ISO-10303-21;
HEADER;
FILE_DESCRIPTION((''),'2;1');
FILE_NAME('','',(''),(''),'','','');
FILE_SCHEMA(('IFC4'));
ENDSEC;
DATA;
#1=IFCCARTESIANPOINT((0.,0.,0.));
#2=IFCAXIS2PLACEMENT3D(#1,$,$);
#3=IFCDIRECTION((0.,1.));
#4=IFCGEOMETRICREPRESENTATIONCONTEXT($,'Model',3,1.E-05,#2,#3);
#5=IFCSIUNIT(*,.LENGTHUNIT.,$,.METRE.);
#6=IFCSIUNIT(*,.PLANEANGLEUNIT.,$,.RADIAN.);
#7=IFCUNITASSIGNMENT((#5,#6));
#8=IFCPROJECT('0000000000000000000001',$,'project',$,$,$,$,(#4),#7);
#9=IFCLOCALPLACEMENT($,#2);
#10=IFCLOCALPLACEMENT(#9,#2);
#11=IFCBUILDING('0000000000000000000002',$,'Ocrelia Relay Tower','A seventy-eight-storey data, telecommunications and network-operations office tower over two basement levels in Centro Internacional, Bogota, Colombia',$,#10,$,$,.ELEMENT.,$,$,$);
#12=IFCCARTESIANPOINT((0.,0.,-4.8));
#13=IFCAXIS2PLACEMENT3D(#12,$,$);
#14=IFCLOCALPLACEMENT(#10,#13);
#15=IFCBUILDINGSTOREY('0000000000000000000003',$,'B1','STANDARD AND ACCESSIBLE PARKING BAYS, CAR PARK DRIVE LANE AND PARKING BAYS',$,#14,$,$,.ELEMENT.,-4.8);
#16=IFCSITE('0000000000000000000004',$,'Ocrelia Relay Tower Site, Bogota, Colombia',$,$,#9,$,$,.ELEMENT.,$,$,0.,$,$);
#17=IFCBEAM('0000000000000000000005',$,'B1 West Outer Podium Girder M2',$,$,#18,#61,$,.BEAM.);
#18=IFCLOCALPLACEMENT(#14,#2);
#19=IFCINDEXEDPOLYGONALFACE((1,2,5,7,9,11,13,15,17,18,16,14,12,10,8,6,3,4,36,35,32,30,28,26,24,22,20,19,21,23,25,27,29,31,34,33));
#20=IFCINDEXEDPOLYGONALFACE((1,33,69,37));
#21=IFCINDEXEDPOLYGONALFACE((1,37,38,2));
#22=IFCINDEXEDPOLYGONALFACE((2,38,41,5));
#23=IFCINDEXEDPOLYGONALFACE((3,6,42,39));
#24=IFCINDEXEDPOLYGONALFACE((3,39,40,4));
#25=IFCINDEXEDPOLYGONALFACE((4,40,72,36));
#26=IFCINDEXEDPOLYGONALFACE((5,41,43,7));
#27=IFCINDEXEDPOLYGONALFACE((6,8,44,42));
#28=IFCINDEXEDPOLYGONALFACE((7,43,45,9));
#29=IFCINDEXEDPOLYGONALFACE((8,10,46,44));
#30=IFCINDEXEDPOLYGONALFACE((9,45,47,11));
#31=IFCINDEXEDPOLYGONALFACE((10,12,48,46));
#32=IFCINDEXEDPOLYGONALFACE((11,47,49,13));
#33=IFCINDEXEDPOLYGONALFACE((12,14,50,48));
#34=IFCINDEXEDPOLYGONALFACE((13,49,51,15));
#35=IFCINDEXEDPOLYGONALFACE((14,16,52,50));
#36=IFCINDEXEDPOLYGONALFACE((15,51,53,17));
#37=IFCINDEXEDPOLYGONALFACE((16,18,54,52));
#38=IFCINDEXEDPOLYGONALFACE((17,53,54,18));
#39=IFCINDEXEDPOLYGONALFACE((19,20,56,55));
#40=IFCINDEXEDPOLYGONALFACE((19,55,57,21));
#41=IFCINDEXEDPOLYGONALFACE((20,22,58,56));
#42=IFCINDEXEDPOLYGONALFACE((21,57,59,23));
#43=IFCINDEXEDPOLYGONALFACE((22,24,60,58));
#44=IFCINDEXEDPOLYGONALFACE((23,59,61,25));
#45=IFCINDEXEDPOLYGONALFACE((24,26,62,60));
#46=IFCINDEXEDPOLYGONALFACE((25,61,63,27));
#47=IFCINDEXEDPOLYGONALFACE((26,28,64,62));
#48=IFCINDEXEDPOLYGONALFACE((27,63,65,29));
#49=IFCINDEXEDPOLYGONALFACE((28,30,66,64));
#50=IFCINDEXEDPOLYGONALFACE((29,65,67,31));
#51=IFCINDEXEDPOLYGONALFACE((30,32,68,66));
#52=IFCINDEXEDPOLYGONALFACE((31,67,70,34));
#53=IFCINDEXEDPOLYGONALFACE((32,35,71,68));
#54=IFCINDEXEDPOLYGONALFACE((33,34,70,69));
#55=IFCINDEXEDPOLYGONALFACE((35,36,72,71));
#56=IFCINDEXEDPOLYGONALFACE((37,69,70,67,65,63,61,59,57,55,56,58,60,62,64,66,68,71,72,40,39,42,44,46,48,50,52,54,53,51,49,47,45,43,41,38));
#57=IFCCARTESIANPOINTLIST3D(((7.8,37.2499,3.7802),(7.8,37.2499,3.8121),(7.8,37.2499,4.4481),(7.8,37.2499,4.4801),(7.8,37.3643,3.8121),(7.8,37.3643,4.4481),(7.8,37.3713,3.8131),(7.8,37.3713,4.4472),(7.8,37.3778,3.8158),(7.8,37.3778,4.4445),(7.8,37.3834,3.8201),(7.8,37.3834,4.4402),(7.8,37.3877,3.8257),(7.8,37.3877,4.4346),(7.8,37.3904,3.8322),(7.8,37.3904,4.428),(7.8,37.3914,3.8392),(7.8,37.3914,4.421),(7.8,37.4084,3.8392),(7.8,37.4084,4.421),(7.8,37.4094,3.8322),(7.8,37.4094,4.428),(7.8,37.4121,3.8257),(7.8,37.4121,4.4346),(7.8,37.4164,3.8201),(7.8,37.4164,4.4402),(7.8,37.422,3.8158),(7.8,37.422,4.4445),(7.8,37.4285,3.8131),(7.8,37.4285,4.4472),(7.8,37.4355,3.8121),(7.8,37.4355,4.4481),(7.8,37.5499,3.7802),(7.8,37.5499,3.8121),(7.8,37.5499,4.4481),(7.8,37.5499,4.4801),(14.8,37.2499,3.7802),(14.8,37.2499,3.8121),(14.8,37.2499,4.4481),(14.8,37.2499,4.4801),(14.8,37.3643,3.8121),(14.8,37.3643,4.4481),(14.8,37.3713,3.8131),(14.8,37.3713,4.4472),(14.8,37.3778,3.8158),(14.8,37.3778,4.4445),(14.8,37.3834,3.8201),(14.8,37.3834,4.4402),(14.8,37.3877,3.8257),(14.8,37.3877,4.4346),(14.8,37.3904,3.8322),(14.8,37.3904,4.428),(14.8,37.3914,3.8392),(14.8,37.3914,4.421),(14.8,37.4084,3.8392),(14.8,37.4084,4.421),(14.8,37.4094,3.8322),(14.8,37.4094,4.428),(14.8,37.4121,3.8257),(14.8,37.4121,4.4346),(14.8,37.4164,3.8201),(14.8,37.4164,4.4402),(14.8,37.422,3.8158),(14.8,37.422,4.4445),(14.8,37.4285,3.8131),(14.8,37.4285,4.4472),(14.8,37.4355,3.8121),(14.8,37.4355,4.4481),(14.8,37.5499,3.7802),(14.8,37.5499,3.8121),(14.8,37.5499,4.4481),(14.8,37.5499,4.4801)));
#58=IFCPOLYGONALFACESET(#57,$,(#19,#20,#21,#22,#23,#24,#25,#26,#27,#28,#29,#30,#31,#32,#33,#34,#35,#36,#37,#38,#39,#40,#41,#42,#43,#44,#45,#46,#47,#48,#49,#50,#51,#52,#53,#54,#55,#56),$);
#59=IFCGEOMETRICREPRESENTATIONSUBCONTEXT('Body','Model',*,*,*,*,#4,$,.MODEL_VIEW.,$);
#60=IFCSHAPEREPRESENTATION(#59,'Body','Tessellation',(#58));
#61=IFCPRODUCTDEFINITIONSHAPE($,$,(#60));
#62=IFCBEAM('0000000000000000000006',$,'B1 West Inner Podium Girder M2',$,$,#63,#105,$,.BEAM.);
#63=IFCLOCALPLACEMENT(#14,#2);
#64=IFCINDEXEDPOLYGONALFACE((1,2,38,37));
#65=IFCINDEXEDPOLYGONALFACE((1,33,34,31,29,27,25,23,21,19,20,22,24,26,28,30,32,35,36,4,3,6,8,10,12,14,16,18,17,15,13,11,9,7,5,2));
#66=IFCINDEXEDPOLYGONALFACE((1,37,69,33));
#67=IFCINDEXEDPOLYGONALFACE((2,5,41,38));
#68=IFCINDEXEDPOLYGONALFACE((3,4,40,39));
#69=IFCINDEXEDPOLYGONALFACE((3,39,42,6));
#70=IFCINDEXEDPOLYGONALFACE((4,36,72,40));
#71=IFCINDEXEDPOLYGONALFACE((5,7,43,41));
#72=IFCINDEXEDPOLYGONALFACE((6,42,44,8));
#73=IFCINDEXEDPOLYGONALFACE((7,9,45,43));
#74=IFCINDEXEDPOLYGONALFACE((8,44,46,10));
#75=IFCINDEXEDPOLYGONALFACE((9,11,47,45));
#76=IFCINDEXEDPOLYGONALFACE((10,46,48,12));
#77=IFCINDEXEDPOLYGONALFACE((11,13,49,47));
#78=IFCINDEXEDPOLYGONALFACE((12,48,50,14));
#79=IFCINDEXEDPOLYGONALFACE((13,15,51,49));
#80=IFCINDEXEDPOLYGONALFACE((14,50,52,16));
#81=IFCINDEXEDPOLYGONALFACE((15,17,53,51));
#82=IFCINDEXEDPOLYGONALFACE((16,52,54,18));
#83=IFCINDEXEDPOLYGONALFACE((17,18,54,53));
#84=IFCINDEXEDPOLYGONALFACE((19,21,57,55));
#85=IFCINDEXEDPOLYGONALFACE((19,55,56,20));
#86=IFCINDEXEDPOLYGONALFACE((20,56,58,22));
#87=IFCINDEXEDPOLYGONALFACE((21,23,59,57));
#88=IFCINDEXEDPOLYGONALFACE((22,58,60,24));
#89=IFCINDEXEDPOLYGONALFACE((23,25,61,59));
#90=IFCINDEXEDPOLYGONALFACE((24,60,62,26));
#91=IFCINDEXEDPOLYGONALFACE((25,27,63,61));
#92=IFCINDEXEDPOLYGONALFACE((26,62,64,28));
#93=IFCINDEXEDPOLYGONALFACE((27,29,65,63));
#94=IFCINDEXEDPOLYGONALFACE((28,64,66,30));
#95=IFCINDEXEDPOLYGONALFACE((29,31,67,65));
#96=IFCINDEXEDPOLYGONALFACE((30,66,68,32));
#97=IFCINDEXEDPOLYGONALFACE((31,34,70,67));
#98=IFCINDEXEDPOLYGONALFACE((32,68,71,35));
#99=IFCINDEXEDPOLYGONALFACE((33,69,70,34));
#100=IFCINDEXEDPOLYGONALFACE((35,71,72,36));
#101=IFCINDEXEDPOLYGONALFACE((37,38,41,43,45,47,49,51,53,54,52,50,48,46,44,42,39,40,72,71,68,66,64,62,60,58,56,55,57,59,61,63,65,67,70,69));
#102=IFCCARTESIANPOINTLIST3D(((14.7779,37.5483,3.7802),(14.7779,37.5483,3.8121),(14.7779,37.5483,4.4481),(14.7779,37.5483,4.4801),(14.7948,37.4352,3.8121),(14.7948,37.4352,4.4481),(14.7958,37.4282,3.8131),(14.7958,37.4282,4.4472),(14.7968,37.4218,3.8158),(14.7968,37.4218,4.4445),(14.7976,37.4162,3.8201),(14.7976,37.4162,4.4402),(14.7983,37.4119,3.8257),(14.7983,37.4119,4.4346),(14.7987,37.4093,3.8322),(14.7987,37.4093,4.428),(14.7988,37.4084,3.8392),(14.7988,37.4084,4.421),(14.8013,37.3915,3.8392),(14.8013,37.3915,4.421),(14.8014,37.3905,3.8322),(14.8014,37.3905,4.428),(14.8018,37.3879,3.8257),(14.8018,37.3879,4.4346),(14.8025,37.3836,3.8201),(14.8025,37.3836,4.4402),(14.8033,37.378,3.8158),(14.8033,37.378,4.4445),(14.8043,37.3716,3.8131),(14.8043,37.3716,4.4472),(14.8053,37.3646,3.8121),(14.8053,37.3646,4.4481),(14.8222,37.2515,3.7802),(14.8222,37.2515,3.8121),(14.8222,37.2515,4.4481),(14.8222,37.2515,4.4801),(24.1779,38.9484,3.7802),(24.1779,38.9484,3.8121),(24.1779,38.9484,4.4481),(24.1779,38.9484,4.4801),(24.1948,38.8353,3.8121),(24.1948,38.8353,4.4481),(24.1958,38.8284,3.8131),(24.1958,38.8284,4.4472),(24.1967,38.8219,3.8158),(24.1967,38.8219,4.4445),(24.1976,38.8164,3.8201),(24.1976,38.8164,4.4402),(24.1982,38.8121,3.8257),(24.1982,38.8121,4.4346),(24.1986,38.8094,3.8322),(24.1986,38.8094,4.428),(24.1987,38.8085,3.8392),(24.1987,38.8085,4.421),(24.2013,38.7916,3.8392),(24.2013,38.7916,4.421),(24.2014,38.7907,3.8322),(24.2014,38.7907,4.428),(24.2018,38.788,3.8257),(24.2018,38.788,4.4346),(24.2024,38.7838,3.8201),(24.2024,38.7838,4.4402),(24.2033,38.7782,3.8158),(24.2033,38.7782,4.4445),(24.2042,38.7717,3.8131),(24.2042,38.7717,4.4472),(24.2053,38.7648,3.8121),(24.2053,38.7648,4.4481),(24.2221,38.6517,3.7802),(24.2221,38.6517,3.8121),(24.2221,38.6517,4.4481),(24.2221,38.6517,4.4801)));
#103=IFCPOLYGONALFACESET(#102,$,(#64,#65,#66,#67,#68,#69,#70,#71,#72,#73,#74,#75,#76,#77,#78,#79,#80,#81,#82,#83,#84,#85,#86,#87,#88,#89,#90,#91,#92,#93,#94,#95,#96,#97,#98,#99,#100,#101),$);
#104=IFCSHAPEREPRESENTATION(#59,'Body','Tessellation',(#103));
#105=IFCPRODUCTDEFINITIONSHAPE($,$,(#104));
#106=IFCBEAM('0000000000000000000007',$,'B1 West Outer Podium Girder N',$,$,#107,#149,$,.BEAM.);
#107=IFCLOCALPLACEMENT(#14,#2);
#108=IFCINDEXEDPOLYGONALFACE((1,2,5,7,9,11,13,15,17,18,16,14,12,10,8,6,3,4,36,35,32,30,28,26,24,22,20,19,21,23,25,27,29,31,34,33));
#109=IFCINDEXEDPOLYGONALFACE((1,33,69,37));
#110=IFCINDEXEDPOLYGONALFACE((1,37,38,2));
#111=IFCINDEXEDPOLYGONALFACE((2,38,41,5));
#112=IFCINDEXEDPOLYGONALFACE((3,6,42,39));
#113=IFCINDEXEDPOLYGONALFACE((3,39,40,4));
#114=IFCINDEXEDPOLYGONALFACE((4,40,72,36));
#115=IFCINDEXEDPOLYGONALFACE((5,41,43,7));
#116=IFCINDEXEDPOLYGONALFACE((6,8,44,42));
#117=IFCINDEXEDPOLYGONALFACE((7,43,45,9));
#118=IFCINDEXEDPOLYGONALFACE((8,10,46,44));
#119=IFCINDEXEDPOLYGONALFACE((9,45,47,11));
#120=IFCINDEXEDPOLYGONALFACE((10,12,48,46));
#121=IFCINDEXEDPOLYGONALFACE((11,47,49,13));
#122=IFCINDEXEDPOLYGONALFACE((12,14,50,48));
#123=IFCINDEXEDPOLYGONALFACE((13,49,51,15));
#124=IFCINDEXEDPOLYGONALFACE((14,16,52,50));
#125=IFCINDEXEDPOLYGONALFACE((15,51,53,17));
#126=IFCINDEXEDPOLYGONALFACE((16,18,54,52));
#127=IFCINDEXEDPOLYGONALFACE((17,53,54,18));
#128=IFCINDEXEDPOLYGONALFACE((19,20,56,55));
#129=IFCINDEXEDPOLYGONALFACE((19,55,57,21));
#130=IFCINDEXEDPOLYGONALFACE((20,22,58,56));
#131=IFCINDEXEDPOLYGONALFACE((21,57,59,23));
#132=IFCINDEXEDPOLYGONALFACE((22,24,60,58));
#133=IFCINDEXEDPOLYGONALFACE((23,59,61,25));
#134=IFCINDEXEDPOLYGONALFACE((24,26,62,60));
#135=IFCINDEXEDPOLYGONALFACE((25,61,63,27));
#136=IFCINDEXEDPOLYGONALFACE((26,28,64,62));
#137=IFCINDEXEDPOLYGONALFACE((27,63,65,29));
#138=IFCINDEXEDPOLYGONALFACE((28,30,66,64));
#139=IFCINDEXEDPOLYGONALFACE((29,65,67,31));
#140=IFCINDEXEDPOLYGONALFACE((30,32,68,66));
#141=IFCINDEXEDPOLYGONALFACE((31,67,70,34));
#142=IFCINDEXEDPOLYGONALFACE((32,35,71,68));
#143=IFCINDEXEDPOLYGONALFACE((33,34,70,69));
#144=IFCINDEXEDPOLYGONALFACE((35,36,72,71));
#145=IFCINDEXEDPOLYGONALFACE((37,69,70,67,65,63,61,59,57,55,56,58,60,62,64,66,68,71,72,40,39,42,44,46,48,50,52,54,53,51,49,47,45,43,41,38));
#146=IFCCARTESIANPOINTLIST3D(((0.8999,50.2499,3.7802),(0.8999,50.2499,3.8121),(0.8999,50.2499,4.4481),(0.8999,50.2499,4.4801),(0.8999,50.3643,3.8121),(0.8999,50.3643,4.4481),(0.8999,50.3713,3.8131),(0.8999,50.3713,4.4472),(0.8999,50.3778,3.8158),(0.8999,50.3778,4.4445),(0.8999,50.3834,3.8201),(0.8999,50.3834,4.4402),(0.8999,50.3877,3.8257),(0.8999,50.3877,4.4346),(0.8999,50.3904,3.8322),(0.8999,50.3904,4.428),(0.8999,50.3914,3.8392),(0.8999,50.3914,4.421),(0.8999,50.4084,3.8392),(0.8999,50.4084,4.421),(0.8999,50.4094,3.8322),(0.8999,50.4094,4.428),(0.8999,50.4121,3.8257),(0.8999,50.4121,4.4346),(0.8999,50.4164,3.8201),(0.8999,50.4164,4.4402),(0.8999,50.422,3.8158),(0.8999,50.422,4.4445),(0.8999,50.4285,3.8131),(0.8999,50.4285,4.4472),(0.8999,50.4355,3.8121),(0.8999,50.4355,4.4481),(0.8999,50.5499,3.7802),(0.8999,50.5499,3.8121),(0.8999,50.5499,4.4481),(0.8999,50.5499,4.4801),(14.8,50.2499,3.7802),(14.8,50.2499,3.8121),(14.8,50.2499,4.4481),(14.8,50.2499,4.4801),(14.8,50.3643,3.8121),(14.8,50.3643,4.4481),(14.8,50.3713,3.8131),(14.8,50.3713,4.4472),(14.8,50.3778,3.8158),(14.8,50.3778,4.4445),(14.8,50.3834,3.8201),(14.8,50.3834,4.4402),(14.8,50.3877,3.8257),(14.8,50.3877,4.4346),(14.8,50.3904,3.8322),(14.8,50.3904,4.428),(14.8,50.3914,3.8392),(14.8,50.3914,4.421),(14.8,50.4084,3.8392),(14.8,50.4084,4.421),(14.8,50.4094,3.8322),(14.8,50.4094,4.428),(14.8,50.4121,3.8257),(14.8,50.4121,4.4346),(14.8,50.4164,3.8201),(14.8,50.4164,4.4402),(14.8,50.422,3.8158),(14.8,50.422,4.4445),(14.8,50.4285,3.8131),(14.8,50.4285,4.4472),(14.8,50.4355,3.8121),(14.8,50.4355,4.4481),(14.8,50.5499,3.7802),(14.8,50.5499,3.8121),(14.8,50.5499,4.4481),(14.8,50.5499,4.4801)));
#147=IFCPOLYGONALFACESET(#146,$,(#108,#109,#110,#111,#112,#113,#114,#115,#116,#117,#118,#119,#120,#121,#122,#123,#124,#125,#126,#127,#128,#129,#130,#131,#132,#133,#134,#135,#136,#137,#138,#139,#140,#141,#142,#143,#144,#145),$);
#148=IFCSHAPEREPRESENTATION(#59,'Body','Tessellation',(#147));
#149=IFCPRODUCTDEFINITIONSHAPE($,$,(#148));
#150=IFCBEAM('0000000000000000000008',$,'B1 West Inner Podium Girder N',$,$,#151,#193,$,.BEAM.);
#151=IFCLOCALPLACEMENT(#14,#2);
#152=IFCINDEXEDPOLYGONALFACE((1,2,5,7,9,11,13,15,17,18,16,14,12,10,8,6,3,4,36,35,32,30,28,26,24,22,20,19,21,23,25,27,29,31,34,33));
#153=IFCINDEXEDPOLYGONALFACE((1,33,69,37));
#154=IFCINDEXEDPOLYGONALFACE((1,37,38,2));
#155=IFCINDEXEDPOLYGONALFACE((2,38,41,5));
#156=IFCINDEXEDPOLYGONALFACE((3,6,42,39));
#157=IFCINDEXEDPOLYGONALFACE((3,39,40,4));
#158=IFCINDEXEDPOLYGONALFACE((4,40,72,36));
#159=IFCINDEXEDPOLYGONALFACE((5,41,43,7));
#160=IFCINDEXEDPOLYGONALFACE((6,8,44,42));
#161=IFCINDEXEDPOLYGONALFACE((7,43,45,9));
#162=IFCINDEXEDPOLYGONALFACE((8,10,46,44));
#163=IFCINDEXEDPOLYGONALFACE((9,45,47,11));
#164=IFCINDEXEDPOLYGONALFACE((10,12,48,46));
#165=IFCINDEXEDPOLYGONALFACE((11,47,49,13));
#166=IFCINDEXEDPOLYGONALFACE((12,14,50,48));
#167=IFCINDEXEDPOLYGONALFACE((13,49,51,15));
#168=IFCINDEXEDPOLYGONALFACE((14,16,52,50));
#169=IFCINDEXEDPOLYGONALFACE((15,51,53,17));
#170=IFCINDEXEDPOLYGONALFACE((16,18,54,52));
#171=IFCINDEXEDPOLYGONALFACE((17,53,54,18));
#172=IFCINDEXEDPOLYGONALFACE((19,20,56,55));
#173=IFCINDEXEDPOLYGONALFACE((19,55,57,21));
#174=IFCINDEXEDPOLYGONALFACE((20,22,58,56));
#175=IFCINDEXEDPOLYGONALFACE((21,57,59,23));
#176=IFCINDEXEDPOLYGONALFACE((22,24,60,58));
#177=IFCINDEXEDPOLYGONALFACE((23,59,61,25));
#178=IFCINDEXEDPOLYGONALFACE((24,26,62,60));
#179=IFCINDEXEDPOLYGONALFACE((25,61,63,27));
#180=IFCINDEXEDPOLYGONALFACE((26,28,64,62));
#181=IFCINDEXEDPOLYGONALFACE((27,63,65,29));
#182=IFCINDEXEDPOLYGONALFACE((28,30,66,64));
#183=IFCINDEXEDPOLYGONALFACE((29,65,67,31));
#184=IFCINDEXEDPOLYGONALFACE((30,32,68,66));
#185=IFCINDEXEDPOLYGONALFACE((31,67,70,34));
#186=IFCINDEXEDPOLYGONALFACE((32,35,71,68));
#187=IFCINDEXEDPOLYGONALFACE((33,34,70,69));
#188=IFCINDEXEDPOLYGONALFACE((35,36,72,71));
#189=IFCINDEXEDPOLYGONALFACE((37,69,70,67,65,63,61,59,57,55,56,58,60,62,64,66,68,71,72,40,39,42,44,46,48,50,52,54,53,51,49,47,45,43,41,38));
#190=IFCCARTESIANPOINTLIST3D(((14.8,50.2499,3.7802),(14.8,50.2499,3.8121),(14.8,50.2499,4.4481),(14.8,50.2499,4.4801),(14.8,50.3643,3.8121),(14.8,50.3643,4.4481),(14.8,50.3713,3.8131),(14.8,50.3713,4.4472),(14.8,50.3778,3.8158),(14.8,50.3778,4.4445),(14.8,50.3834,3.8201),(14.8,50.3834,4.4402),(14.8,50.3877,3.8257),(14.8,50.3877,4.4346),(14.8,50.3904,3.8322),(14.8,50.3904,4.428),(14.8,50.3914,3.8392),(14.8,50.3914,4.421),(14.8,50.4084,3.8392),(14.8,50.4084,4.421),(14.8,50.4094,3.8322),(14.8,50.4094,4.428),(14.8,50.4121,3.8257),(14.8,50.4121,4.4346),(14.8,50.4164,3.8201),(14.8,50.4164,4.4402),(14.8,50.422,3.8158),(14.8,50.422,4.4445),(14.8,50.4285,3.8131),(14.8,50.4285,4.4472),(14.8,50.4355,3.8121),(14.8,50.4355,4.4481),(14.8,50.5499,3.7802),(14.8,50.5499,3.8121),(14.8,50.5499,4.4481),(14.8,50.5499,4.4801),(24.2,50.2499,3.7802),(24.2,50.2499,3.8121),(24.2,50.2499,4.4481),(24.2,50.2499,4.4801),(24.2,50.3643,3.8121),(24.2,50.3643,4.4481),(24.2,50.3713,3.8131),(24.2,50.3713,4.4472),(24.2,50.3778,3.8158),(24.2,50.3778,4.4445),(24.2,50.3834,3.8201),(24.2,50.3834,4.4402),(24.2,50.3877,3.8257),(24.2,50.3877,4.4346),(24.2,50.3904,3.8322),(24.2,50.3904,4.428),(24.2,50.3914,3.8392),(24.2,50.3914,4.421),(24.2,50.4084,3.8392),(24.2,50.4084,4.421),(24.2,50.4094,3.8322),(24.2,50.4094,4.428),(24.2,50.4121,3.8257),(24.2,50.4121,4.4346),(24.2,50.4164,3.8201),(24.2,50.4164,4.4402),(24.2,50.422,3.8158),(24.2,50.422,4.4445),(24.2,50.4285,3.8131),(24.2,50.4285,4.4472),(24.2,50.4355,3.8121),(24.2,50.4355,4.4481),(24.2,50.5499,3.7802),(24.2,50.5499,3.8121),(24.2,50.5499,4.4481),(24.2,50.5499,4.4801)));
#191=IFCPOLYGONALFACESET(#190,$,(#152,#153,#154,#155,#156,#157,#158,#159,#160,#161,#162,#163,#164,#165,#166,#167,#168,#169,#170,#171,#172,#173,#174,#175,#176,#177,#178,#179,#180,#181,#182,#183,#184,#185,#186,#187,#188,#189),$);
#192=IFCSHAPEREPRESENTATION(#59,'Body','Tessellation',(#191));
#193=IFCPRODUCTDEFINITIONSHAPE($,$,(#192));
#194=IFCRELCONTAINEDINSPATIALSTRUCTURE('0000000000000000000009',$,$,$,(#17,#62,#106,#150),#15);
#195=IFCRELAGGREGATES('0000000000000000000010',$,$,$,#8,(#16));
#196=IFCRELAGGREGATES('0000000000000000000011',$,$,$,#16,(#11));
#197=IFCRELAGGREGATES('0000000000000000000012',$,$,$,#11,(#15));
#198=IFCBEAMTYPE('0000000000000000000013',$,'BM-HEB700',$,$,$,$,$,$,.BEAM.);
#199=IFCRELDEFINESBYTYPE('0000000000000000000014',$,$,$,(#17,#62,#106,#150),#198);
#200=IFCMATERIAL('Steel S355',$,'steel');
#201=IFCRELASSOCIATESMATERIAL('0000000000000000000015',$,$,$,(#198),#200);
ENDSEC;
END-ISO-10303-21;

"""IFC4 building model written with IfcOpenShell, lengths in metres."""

from ifc_helpers import new_model, si_unit, direction, frame, origin, origin_2d, place, context, subcontext, project, spatial, i_section, extrude, material, material_profile, profile_set, type_object, element, save


model = new_model("IFC4")

# Units and contexts
model_context = context("Model", 3, precision=1e-05, world=origin(), true_north=direction((0.0, 1.0)))
body_context = subcontext(model_context, "Body", "Model", "MODEL_VIEW")
ifc_project = project(units=[si_unit("LENGTHUNIT", "METRE"), si_unit("PLANEANGLEUNIT", "RADIAN")], contexts=[model_context])

# Site, building, storey
site_placement = place(None, origin())
site = spatial("IfcSite", under=ifc_project, at=site_placement, Name="Ocrelia Relay Tower Site, Bogota, Colombia", CompositionType="ELEMENT", RefElevation=0.0)
building_placement = place(site_placement, origin())
building = spatial("IfcBuilding", under=site, at=building_placement, Name="Ocrelia Relay Tower", Description="A seventy-eight-storey data, telecommunications and network-operations office tower over two basement levels in Centro Internacional, Bogota, Colombia", CompositionType="ELEMENT")
storey_placement = place(building_placement, frame((0.0, 0.0, -4.8)))
storey = spatial("IfcBuildingStorey", under=building, at=storey_placement, Name="B1", Description="STANDARD AND ACCESSIBLE PARKING BAYS, CAR PARK DRIVE LANE AND PARKING BAYS", CompositionType="ELEMENT", Elevation=-4.8)

# Beams
ifc_material_1 = material(Name="Steel S355", Category="steel")
ifc_material_profile_1 = material_profile(ifc_material_1, i_section(OverallWidth=0.3, OverallDepth=0.7, WebThickness=0.0171, FlangeThickness=0.032, FilletRadius=0.0271, at=origin_2d()), Name="HEB 700")
ifc_profile_set_1 = profile_set([ifc_material_profile_1], Name="Steel S355")
beam_type_1 = type_object("IfcBeamType", Name="BM-HEB700", PredefinedType="BEAM", material=ifc_profile_set_1)
beam_1_placement = place(storey_placement, frame((7.8, 37.3999, 4.1301), z_axis=(1.0, 0.0, 0.0), x_axis=(0.0, 1.0, 0.0)))
element("IfcBeam", 1, at=beam_1_placement, inside=storey, type_object=beam_type_1, Name="B1 West Outer Podium Girder M2", PredefinedType="BEAM", context=body_context, shape_type="SweptSolid", body=[
    extrude(i_section(OverallWidth=0.3, OverallDepth=0.7, WebThickness=0.0171, FlangeThickness=0.032, FilletRadius=0.0271, at=origin_2d()), origin(), (0.0, 0.0, 1.0), 7.0),
])
beam_2_placement = place(storey_placement, frame((14.8, 37.3999, 4.1301), z_axis=(0.989088, 0.147328, 0.0), x_axis=(-0.147328, 0.989088, 0.0)))
element("IfcBeam", 2, at=beam_2_placement, inside=storey, type_object=beam_type_1, Name="B1 West Inner Podium Girder M2", PredefinedType="BEAM", context=body_context, shape_type="SweptSolid", body=[
    extrude(i_section(OverallWidth=0.3, OverallDepth=0.7, WebThickness=0.0171, FlangeThickness=0.032, FilletRadius=0.0271, at=origin_2d()), origin(), (0.0, 0.0, 1.0), 9.5037),
])
beam_3_placement = place(storey_placement, frame((0.8999, 50.3999, 4.1301), z_axis=(1.0, 0.0, 0.0), x_axis=(0.0, 1.0, 0.0)))
element("IfcBeam", 3, at=beam_3_placement, inside=storey, type_object=beam_type_1, Name="B1 West Outer Podium Girder N", PredefinedType="BEAM", context=body_context, shape_type="SweptSolid", body=[
    extrude(i_section(OverallWidth=0.3, OverallDepth=0.7, WebThickness=0.0171, FlangeThickness=0.032, FilletRadius=0.0271, at=origin_2d()), origin(), (0.0, 0.0, 1.0), 13.9001),
])
beam_4_placement = place(storey_placement, frame((14.8, 50.3999, 4.1301), z_axis=(1.0, 0.0, 0.0), x_axis=(0.0, 1.0, 0.0)))
element("IfcBeam", 4, at=beam_4_placement, inside=storey, type_object=beam_type_1, Name="B1 West Inner Podium Girder N", PredefinedType="BEAM", context=body_context, shape_type="SweptSolid", body=[
    extrude(i_section(OverallWidth=0.3, OverallDepth=0.7, WebThickness=0.0171, FlangeThickness=0.032, FilletRadius=0.0271, at=origin_2d()), origin(), (0.0, 0.0, 1.0), 9.3999),
])

save(model, "model.ifc")
